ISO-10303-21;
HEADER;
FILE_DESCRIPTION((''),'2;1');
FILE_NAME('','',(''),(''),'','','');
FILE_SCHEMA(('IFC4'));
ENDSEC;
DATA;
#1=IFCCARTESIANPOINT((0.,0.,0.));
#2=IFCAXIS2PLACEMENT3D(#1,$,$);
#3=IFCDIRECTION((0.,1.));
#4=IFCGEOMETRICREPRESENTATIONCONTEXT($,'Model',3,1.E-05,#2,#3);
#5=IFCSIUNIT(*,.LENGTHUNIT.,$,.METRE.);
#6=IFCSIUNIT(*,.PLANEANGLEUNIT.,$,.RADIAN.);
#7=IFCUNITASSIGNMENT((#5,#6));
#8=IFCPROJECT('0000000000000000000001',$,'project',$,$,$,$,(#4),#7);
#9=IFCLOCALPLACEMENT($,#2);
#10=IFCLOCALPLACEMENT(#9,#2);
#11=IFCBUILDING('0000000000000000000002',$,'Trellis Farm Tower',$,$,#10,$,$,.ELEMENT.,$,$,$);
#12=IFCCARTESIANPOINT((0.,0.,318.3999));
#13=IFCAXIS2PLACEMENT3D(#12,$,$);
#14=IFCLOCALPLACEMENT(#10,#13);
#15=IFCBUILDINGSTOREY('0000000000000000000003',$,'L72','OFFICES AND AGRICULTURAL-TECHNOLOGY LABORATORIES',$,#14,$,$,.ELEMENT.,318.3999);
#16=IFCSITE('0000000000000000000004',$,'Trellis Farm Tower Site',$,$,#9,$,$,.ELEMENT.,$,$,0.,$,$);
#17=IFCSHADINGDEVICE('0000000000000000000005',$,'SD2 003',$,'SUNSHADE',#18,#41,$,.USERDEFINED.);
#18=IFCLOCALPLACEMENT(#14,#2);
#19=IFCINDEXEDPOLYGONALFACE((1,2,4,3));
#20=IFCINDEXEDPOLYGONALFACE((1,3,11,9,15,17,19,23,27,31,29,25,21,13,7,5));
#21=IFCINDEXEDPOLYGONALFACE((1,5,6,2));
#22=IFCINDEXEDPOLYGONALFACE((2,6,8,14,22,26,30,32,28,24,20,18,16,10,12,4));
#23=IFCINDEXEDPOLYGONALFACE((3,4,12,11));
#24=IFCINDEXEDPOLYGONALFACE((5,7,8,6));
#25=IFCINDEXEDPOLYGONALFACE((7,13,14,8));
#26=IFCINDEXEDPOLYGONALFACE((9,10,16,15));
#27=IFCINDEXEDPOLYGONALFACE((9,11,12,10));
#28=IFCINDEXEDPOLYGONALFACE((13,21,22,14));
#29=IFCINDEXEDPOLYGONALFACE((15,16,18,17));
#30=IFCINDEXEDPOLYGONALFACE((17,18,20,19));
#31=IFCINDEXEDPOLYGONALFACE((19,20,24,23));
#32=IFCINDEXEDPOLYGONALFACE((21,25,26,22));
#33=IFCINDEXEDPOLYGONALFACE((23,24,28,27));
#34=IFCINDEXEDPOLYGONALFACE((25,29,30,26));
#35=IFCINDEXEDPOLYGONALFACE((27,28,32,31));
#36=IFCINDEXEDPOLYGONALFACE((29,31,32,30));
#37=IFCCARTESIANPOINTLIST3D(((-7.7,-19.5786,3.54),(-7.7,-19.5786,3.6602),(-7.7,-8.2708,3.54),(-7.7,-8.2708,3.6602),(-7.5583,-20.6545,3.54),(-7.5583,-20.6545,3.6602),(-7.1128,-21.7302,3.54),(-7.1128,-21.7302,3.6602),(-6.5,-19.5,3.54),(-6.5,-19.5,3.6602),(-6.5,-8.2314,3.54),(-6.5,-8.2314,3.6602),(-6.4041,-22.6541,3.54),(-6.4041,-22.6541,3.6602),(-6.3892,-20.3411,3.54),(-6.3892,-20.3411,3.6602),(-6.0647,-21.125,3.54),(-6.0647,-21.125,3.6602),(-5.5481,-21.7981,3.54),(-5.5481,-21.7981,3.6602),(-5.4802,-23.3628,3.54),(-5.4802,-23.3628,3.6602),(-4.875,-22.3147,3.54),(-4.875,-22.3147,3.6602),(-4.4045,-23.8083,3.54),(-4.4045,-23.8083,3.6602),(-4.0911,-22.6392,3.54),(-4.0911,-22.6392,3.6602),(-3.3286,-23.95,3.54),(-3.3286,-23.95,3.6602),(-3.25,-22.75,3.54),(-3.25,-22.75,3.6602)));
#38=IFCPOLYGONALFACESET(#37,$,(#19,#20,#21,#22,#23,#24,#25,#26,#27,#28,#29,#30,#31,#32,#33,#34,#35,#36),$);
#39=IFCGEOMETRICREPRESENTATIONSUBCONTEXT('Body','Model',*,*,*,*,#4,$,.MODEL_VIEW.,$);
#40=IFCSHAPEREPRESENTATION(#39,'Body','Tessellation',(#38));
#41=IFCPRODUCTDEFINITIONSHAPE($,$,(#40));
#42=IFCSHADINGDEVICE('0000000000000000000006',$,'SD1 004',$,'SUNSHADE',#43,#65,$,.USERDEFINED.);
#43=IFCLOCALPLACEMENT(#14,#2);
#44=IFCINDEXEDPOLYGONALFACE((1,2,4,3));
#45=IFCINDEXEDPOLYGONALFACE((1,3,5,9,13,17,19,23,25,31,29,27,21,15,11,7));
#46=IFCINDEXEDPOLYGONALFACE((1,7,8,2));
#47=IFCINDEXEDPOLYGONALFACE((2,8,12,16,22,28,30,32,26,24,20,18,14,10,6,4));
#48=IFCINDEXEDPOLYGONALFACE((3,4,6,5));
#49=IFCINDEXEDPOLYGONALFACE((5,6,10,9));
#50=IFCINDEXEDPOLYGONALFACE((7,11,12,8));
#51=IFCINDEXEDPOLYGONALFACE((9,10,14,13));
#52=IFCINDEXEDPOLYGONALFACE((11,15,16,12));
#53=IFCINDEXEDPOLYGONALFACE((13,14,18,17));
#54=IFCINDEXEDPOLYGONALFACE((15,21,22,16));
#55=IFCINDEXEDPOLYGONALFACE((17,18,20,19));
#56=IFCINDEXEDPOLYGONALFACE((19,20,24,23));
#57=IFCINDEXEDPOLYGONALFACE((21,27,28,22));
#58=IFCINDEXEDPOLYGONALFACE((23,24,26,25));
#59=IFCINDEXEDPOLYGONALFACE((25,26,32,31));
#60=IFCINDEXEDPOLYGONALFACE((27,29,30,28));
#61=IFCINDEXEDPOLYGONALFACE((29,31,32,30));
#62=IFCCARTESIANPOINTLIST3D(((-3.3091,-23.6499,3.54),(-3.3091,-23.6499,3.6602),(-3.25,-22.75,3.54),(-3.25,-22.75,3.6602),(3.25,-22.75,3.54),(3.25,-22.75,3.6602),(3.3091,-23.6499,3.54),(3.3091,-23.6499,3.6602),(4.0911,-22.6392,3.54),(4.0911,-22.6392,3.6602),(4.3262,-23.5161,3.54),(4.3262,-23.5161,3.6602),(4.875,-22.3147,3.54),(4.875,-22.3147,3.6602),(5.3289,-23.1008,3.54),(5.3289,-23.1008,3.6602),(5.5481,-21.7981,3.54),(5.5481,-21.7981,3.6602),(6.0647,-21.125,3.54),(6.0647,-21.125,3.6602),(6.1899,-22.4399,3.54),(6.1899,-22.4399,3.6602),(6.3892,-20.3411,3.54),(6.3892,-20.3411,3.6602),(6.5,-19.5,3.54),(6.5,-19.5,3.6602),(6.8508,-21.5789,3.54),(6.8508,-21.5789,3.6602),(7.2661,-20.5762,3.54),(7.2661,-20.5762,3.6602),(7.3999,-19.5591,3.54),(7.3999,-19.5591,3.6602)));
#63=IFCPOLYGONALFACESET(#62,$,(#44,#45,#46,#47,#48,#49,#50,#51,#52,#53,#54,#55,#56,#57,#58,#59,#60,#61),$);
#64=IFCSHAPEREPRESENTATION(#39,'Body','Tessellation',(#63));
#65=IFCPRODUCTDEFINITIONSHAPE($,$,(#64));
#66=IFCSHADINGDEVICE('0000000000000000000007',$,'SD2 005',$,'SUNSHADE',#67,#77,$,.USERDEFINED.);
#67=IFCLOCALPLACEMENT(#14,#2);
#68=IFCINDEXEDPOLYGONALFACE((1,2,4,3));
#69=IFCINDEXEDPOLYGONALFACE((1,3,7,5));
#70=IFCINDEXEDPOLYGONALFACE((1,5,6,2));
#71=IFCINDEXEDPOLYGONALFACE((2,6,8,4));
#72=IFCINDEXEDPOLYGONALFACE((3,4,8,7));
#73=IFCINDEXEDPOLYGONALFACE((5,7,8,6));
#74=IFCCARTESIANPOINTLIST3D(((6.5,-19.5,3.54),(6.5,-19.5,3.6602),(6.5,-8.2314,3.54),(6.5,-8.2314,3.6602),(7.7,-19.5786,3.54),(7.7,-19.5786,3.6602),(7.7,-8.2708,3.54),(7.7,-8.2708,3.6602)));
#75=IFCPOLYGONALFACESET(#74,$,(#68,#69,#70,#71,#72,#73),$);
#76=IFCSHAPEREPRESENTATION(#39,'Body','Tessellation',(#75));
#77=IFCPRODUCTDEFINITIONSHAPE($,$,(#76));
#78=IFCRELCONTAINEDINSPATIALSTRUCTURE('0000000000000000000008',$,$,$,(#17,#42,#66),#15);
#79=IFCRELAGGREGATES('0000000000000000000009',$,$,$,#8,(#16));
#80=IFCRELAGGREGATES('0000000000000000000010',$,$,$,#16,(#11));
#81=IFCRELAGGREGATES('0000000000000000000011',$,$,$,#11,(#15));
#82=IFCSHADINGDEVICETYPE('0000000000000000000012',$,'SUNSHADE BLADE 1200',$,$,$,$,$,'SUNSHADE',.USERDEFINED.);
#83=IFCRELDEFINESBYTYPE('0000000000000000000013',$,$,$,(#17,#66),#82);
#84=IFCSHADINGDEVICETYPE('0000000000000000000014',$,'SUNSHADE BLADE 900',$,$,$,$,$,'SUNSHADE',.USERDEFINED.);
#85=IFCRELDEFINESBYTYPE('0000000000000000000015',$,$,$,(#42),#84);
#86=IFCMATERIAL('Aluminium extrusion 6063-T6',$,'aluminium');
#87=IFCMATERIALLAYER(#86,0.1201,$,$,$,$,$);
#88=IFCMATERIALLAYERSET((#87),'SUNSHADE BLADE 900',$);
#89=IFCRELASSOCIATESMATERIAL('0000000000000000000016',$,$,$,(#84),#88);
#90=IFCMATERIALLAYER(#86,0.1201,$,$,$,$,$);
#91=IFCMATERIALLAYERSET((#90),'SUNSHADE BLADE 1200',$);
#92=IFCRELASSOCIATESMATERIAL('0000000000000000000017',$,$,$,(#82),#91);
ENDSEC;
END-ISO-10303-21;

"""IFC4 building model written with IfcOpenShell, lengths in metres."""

from ifc_helpers import new_model, si_unit, direction, frame, origin, place, context, subcontext, project, spatial, polyline, outline, extrude, source, transform, mapped, material, layer, layer_set, type_object, element, save


model = new_model("IFC4")

# Units and contexts
model_context = context("Model", 3, precision=1e-05, world=origin(), true_north=direction((0.0, 1.0)))
body_context = subcontext(model_context, "Body", "Model", "MODEL_VIEW")
ifc_project = project(units=[si_unit("LENGTHUNIT", "METRE"), si_unit("PLANEANGLEUNIT", "RADIAN")], contexts=[model_context])

# Site, building, storey
site_placement = place(None, origin())
site = spatial("IfcSite", under=ifc_project, at=site_placement, Name="Trellis Farm Tower Site", CompositionType="ELEMENT", RefElevation=0.0)
building_placement = place(site_placement, origin())
building = spatial("IfcBuilding", under=site, at=building_placement, Name="Trellis Farm Tower", CompositionType="ELEMENT")
storey_placement = place(building_placement, frame((0.0, 0.0, 318.3999)))
storey = spatial("IfcBuildingStorey", under=building, at=storey_placement, Name="L72", Description="OFFICES AND AGRICULTURAL-TECHNOLOGY LABORATORIES", CompositionType="ELEMENT", Elevation=318.3999)

# Shared definitions
ifc_material_1 = material(Name="Aluminium extrusion 6063-T6", Category="aluminium")

# Shading devices
ifc_layer_1 = layer(ifc_material_1, 0.1201)
ifc_layer_set_1 = layer_set([ifc_layer_1], Name="SUNSHADE BLADE 900")
shading_device_type_1 = type_object("IfcShadingDeviceType", Name="SUNSHADE BLADE 900", ElementType="SUNSHADE", PredefinedType="USERDEFINED", material=ifc_layer_set_1)
placement_1 = place(storey_placement, frame((0.0, 0.0, 3.54)))
ifc_layer_2 = layer(ifc_material_1, 0.1201)
ifc_layer_set_2 = layer_set([ifc_layer_2], Name="SUNSHADE BLADE 1200")
shading_device_type_2 = type_object("IfcShadingDeviceType", Name="SUNSHADE BLADE 1200", ElementType="SUNSHADE", PredefinedType="USERDEFINED", material=ifc_layer_set_2)
shared_shape_1 = source(origin(), body_context, "Body", "SweptSolid", [
    extrude(outline(polyline([(-7.7, -8.2708), (-7.7, -19.5786), (-7.5583, -20.6545), (-7.1128, -21.7302), (-6.4041, -22.6541), (-5.4802, -23.3628), (-4.4045, -23.8083), (-3.3286, -23.95), (-3.25, -22.75), (-4.0911, -22.6392), (-4.875, -22.3147), (-5.5481, -21.7981), (-6.0647, -21.125), (-6.3892, -20.3411), (-6.5, -19.5), (-6.5, -8.2314), (-7.7, -8.2708)])), origin(), (0.0, 0.0, 1.0), 0.1201),
])
element("IfcShadingDevice", 1, at=placement_1, inside=storey, type_object=shading_device_type_2, Name="SD2 003", ObjectType="SUNSHADE", PredefinedType="USERDEFINED", context=body_context, shape_type="MappedRepresentation", body=[
    mapped(shared_shape_1, transform((0.0, 0.0, 0.0))),
])
shared_shape_2 = source(origin(), body_context, "Body", "SweptSolid", [
    extrude(outline(polyline([(-3.3091, -23.6499), (3.3091, -23.6499), (4.3262, -23.5161), (5.3289, -23.1008), (6.1899, -22.4399), (6.8508, -21.5789), (7.2661, -20.5762), (7.3999, -19.5591), (6.5, -19.5), (6.3892, -20.3411), (6.0647, -21.125), (5.5481, -21.7981), (4.875, -22.3147), (4.0911, -22.6392), (3.25, -22.75), (-3.25, -22.75), (-3.3091, -23.6499)])), origin(), (0.0, 0.0, 1.0), 0.1201),
])
element("IfcShadingDevice", 2, at=placement_1, inside=storey, type_object=shading_device_type_1, Name="SD1 004", ObjectType="SUNSHADE", PredefinedType="USERDEFINED", context=body_context, shape_type="MappedRepresentation", body=[
    mapped(shared_shape_2, transform((0.0, 0.0, 0.0))),
])
shared_shape_3 = source(origin(), body_context, "Body", "SweptSolid", [
    extrude(outline(polyline([(7.7, -19.5786), (7.7, -8.2708), (6.5, -8.2314), (6.5, -19.5), (7.7, -19.5786)])), origin(), (0.0, 0.0, 1.0), 0.1201),
])
element("IfcShadingDevice", 3, at=placement_1, inside=storey, type_object=shading_device_type_2, Name="SD2 005", ObjectType="SUNSHADE", PredefinedType="USERDEFINED", context=body_context, shape_type="MappedRepresentation", body=[
    mapped(shared_shape_3, transform((0.0, 0.0, 0.0))),
])

save(model, "model.ifc")
